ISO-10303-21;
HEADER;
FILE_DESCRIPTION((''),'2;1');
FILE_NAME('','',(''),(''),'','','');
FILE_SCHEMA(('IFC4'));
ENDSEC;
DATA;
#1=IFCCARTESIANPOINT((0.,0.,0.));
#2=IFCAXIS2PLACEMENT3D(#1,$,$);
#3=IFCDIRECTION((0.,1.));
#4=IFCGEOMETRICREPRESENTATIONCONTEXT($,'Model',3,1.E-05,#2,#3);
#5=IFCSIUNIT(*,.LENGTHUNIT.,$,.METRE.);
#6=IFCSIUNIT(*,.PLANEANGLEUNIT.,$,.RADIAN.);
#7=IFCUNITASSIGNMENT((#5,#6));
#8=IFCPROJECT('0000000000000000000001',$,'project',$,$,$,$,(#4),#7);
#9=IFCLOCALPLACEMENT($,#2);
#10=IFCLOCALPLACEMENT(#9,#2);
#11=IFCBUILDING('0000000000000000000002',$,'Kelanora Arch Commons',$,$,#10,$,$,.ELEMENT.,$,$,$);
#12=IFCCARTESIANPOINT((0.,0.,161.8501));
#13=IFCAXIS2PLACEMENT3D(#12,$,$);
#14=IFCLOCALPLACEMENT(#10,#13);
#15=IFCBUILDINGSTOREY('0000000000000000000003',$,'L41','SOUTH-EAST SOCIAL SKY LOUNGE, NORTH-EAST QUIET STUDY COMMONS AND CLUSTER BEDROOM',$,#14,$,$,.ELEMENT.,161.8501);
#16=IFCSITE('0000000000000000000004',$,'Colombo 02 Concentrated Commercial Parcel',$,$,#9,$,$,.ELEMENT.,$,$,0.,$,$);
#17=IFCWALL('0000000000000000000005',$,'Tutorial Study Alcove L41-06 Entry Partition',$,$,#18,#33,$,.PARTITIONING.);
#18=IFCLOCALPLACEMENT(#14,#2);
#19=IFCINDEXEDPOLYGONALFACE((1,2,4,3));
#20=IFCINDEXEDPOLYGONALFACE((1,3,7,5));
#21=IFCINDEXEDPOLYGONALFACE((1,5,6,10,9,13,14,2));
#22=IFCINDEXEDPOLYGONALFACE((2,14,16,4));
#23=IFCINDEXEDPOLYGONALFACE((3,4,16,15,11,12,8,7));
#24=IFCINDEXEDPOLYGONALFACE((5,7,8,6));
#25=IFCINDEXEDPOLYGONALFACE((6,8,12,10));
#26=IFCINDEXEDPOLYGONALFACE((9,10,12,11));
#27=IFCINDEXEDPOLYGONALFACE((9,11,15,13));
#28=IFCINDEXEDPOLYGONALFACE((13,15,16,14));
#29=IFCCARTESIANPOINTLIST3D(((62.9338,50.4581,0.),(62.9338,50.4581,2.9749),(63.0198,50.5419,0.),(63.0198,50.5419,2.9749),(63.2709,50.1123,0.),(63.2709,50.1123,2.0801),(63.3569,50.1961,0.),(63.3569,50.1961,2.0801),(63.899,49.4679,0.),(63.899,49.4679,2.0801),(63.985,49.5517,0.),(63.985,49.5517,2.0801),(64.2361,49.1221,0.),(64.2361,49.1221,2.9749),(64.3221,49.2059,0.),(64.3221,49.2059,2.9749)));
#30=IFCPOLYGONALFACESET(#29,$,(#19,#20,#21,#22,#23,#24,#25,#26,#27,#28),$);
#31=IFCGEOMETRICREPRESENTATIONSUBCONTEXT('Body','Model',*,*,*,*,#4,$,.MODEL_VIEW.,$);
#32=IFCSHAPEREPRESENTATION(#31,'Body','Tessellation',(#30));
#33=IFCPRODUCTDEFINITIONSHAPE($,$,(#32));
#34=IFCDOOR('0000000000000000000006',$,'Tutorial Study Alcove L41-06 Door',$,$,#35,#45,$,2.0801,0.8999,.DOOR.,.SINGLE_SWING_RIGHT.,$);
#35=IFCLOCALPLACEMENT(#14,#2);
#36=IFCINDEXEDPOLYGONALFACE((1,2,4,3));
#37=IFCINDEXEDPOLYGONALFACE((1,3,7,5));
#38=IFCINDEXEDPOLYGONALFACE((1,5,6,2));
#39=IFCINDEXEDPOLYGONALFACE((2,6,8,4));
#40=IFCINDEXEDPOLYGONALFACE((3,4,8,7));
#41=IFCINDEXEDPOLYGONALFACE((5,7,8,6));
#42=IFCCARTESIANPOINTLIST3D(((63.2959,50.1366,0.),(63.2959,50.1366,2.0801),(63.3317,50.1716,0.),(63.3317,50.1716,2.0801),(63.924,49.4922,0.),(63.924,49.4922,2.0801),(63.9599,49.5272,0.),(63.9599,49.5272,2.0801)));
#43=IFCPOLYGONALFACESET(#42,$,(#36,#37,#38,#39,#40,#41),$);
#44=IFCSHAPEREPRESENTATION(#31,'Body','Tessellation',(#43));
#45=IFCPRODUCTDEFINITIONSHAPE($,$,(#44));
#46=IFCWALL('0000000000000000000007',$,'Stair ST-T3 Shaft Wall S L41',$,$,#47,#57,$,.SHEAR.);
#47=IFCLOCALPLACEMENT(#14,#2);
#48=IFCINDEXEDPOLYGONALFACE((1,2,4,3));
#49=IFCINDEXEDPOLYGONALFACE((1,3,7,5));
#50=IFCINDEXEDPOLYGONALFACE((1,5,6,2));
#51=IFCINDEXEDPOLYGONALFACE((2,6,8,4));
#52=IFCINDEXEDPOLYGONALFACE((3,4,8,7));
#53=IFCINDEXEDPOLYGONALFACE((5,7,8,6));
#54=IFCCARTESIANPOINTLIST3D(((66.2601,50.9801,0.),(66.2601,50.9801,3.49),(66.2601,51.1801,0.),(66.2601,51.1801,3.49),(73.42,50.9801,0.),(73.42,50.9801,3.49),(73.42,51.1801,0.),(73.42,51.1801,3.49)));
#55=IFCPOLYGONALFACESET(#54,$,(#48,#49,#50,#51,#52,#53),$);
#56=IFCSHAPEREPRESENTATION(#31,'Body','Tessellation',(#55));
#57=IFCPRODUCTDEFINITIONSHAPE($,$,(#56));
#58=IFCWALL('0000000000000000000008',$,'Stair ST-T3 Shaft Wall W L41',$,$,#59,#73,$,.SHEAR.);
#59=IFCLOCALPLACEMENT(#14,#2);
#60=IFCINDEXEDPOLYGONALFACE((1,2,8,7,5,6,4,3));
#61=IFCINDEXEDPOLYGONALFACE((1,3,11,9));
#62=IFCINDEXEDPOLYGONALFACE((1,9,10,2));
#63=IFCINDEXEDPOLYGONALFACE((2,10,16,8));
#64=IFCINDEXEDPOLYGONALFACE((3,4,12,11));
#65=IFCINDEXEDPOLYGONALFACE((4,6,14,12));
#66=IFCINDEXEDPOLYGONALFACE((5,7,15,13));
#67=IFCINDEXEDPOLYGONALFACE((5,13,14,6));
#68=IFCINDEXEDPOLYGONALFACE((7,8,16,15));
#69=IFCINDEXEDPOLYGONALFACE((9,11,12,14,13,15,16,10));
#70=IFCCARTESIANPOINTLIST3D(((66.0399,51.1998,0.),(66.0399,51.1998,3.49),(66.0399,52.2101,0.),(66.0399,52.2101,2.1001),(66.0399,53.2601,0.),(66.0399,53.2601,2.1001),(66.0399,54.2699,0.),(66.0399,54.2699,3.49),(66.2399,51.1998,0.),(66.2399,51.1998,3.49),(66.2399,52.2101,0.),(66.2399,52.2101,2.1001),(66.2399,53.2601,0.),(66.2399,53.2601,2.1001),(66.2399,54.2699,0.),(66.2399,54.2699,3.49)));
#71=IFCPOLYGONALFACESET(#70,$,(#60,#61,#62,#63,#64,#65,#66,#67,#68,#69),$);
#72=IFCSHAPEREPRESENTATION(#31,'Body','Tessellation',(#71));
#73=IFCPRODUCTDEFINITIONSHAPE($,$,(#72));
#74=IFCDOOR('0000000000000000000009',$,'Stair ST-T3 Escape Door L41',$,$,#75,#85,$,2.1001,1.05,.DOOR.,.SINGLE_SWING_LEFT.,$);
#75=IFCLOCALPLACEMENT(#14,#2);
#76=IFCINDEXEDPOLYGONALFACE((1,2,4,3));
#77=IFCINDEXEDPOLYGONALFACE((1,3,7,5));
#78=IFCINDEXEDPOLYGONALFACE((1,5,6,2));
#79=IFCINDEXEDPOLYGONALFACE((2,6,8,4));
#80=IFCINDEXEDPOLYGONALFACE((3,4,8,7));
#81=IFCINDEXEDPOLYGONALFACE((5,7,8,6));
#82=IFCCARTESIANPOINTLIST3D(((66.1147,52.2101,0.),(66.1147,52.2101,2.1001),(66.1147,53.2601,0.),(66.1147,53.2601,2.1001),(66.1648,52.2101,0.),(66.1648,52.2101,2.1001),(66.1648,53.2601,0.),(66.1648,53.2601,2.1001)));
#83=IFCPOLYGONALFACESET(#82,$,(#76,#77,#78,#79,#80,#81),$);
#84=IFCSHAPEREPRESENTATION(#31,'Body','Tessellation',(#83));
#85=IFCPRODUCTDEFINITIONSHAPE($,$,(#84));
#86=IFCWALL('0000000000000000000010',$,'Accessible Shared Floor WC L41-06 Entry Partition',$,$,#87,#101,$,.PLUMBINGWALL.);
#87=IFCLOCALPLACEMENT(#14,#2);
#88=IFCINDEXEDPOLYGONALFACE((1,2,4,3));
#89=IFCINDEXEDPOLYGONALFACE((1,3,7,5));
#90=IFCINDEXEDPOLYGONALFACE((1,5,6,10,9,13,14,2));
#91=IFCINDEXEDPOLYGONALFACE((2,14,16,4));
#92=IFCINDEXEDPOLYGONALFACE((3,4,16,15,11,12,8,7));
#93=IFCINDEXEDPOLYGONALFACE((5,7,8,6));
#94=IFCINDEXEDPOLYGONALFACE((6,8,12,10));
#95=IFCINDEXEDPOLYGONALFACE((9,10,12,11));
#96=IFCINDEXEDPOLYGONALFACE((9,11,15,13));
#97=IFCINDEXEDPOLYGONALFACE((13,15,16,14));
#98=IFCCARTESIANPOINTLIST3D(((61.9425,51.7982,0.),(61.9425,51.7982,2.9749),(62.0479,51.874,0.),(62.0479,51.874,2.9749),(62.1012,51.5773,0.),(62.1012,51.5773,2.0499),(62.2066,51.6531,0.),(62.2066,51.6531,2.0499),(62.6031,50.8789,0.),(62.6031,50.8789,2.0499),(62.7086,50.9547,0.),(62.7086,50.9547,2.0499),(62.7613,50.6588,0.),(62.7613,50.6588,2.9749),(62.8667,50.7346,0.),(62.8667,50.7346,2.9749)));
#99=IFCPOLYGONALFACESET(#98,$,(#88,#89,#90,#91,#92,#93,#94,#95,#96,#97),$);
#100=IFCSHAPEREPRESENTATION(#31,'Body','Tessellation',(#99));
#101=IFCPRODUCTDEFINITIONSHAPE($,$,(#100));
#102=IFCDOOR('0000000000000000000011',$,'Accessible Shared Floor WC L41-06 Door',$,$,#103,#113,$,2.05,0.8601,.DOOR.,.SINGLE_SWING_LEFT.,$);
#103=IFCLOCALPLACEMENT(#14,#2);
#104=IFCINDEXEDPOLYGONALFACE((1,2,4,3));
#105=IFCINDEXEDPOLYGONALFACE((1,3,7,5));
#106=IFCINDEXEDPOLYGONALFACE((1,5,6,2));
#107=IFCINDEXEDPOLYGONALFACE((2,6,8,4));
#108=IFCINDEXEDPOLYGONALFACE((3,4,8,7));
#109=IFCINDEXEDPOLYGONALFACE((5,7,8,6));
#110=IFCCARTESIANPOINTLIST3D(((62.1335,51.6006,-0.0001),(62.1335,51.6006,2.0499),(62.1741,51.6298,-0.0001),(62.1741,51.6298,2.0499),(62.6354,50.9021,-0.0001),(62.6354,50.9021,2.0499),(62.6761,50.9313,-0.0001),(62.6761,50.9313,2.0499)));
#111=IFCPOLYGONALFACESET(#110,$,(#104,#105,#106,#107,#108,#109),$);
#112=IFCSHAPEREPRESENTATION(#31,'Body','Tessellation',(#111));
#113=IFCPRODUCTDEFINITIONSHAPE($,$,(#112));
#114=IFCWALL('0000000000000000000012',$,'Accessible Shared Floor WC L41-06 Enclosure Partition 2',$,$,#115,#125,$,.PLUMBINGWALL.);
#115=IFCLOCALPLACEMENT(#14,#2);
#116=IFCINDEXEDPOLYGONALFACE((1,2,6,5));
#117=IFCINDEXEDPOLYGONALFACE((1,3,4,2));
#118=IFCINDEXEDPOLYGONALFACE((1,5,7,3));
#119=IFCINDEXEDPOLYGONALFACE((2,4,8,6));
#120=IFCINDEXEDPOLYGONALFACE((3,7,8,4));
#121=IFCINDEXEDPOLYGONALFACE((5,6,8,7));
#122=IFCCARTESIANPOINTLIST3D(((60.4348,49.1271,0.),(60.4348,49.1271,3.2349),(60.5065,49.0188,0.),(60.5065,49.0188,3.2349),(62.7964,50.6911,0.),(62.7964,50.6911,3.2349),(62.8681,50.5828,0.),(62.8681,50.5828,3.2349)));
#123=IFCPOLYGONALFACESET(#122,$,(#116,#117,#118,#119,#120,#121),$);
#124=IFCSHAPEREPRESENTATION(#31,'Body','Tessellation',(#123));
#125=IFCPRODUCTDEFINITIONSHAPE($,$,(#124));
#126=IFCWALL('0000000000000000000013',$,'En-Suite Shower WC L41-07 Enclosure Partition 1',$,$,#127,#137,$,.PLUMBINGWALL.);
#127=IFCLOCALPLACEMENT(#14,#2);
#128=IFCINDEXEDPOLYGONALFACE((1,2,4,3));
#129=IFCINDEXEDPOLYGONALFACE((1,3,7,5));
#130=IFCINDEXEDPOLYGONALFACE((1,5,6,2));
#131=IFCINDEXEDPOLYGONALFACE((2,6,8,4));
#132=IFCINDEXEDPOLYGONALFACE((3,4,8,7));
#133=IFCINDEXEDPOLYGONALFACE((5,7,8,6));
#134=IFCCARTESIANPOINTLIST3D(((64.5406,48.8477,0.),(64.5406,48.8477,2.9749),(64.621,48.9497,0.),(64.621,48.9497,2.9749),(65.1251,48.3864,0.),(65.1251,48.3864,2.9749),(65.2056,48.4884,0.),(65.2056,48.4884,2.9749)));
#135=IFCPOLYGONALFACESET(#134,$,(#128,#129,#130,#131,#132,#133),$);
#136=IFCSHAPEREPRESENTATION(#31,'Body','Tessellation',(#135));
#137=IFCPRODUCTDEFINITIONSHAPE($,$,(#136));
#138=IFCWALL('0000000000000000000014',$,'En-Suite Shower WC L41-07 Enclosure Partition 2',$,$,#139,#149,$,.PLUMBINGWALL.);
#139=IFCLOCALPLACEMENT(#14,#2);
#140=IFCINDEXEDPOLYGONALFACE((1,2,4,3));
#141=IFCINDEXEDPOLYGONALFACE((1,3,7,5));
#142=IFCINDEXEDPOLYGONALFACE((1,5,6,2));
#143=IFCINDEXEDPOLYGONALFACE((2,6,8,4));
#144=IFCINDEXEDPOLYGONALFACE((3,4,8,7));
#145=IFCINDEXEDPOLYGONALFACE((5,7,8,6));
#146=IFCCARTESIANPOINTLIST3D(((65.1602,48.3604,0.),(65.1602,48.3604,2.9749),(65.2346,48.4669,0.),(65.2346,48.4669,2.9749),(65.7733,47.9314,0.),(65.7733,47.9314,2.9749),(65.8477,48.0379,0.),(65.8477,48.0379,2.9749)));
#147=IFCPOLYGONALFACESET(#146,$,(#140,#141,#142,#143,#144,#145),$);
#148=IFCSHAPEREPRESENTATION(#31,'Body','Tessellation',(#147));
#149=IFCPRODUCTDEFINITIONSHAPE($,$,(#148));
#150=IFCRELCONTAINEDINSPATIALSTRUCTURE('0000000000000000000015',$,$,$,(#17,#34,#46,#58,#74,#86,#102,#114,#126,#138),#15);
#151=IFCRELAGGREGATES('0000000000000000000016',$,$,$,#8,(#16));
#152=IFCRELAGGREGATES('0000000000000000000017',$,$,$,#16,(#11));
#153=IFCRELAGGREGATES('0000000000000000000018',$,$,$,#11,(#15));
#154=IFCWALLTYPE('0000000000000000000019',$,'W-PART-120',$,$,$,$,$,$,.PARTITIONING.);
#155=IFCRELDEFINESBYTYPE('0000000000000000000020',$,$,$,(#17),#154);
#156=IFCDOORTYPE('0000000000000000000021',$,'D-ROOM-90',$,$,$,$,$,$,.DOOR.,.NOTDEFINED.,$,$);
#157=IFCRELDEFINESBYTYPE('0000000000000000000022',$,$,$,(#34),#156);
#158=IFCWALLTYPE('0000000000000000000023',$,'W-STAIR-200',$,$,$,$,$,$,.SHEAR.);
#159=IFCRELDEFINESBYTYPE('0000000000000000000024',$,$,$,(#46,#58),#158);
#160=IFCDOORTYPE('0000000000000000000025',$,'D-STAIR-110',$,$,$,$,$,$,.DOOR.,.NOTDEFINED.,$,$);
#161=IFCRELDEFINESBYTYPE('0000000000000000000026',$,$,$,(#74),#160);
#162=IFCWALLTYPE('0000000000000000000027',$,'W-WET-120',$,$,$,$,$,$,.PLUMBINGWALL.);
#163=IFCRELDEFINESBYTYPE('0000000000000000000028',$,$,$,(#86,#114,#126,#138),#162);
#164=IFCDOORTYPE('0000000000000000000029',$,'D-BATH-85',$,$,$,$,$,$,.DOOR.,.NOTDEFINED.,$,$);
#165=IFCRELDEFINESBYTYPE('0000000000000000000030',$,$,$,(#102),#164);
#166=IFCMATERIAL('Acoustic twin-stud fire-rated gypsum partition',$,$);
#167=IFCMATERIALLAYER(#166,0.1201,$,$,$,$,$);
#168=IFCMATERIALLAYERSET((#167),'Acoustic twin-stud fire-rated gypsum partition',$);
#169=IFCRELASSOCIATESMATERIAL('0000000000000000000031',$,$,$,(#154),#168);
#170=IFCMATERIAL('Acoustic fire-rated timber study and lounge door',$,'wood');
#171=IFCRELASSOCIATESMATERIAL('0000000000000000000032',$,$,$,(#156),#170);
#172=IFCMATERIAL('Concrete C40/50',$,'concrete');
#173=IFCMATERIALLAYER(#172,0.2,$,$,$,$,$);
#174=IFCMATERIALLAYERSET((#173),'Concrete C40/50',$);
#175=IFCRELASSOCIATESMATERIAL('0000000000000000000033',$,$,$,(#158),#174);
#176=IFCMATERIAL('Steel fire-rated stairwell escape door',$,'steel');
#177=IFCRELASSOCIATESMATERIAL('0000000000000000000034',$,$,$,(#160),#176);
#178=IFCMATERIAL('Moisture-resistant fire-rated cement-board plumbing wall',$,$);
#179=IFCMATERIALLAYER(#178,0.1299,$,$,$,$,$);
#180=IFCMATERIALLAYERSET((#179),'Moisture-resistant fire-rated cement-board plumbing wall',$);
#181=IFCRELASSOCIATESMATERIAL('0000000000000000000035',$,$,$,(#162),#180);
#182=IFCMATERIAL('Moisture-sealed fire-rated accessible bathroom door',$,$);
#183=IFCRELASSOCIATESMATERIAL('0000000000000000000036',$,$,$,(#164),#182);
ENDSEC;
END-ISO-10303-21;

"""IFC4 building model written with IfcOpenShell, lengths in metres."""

from ifc_helpers import new_model, si_unit, direction, frame, frame_2d, origin, place, context, subcontext, project, spatial, rectangle, extrude, material, layer, layer_set, type_object, element, fill, save


model = new_model("IFC4")

# Units and contexts
model_context = context("Model", 3, precision=1e-05, world=origin(), true_north=direction((0.0, 1.0)))
body_context = subcontext(model_context, "Body", "Model", "MODEL_VIEW")
ifc_project = project(units=[si_unit("LENGTHUNIT", "METRE"), si_unit("PLANEANGLEUNIT", "RADIAN")], contexts=[model_context])

# Site, building, storey
site_placement = place(None, origin())
site = spatial("IfcSite", under=ifc_project, at=site_placement, Name="Colombo 02 Concentrated Commercial Parcel", CompositionType="ELEMENT", RefElevation=0.0)
building_placement = place(site_placement, origin())
building = spatial("IfcBuilding", under=site, at=building_placement, Name="Kelanora Arch Commons", CompositionType="ELEMENT")
storey_placement = place(building_placement, frame((0.0, 0.0, 161.8501)))
storey = spatial("IfcBuildingStorey", under=building, at=storey_placement, Name="L41", Description="SOUTH-EAST SOCIAL SKY LOUNGE, NORTH-EAST QUIET STUDY COMMONS AND CLUSTER BEDROOM", CompositionType="ELEMENT", Elevation=161.8501)

# Shared definitions
ifc_material_1 = material(Name="Concrete C40/50", Category="concrete")

# Wall, opening, door
ifc_material_2 = material(Name="Acoustic twin-stud fire-rated gypsum partition")
ifc_layer_1 = layer(ifc_material_2, 0.1201)
ifc_layer_set_1 = layer_set([ifc_layer_1], Name="Acoustic twin-stud fire-rated gypsum partition")
wall_type_1 = type_object("IfcWallType", Name="W-PART-120", PredefinedType="PARTITIONING", material=ifc_layer_set_1)
wall_1_placement = place(storey_placement, frame((62.9768, 50.5, 0.0), z_axis=(0.0, 0.0, 1.0), x_axis=(0.69802, -0.716079, 0.0)))
wall_1 = element("IfcWall", 1, at=wall_1_placement, inside=storey, type_object=wall_type_1, Name="Tutorial Study Alcove L41-06 Entry Partition", PredefinedType="PARTITIONING", context=body_context, shape_type="SweptSolid", body=[
    extrude(rectangle(XDim=1.8657, YDim=0.1201, at=frame_2d((0.9329, 0.0))), origin(), (0.0, 0.0, 1.0), 2.9749),
])
opening_1_placement = place(wall_1_placement, frame((0.4829, 0.0, 0.0)))
opening_1 = element("IfcOpeningElement", 2, at=opening_1_placement, cuts=wall_1, PredefinedType="OPENING", context=body_context, shape_type="SweptSolid", body=[
    extrude(rectangle(XDim=0.8999, YDim=2.0801, at=frame_2d((0.45, 1.04))), frame((0.0, 0.0701, 0.0), z_axis=(0.0, -1.0, 0.0), x_axis=(1.0, 0.0, 0.0)), (0.0, 0.0, 1.0), 0.1401),
])
ifc_material_3 = material(Name="Acoustic fire-rated timber study and lounge door", Category="wood")
door_type_1 = type_object("IfcDoorType", Name="D-ROOM-90", OperationType="NOTDEFINED", PredefinedType="DOOR", material=ifc_material_3)
door_1_placement = place(opening_1_placement, origin())
door_1 = element("IfcDoor", 3, at=door_1_placement, inside=storey, type_object=door_type_1, Name="Tutorial Study Alcove L41-06 Door", OperationType="SINGLE_SWING_RIGHT", OverallHeight=2.0801, OverallWidth=0.8999, PredefinedType="DOOR", context=body_context, shape_type="SweptSolid", body=[
    extrude(rectangle(XDim=0.8999, YDim=2.0801, at=frame_2d((0.45, 1.04))), frame((0.0, 0.0249, 0.0), z_axis=(0.0, -1.0, 0.0), x_axis=(1.0, 0.0, 0.0)), (0.0, 0.0, 1.0), 0.05),
])
fill(opening_1, door_1)

# Wall
ifc_layer_2 = layer(ifc_material_1, 0.2)
ifc_layer_set_2 = layer_set([ifc_layer_2], Name="Concrete C40/50")
wall_type_2 = type_object("IfcWallType", Name="W-STAIR-200", PredefinedType="SHEAR", material=ifc_layer_set_2)
wall_2_placement = place(storey_placement, frame((66.26, 51.0801, 0.0), z_axis=(0.0, 0.0, 1.0), x_axis=(1.0, 0.0, 0.0)))
element("IfcWall", 4, at=wall_2_placement, inside=storey, type_object=wall_type_2, Name="Stair ST-T3 Shaft Wall S L41", PredefinedType="SHEAR", context=body_context, shape_type="SweptSolid", body=[
    extrude(rectangle(XDim=7.1599, YDim=0.2, at=frame_2d((3.5801, 0.0))), origin(), (0.0, 0.0, 1.0), 3.49),
])

# Walls, openings, doors
wall_3_placement = place(storey_placement, frame((66.1399, 54.27, 0.0), z_axis=(0.0, 0.0, 1.0), x_axis=(0.0, -1.0, 0.0)))
wall_3 = element("IfcWall", 5, at=wall_3_placement, inside=storey, type_object=wall_type_2, Name="Stair ST-T3 Shaft Wall W L41", PredefinedType="SHEAR", context=body_context, shape_type="SweptSolid", body=[
    extrude(rectangle(XDim=3.0701, YDim=0.2, at=frame_2d((1.5352, 0.0))), origin(), (0.0, 0.0, 1.0), 3.49),
])
opening_2_placement = place(wall_3_placement, frame((1.01, 0.0, 0.0)))
opening_2 = element("IfcOpeningElement", 6, at=opening_2_placement, cuts=wall_3, PredefinedType="OPENING", context=body_context, shape_type="SweptSolid", body=[
    extrude(rectangle(XDim=1.05, YDim=2.1001, at=frame_2d((0.5249, 1.05))), frame((0.0, 0.1099, 0.0), z_axis=(0.0, -1.0, 0.0), x_axis=(1.0, 0.0, 0.0)), (0.0, 0.0, 1.0), 0.22),
])
ifc_material_4 = material(Name="Steel fire-rated stairwell escape door", Category="steel")
door_type_2 = type_object("IfcDoorType", Name="D-STAIR-110", OperationType="NOTDEFINED", PredefinedType="DOOR", material=ifc_material_4)
door_2_placement = place(opening_2_placement, origin())
door_2 = element("IfcDoor", 7, at=door_2_placement, inside=storey, type_object=door_type_2, Name="Stair ST-T3 Escape Door L41", OperationType="SINGLE_SWING_LEFT", OverallHeight=2.1001, OverallWidth=1.05, PredefinedType="DOOR", context=body_context, shape_type="SweptSolid", body=[
    extrude(rectangle(XDim=1.05, YDim=2.1001, at=frame_2d((0.5249, 1.05))), frame((0.0, 0.0249, 0.0), z_axis=(0.0, -1.0, 0.0), x_axis=(1.0, 0.0, 0.0)), (0.0, 0.0, 1.0), 0.05),
])
fill(opening_2, door_2)
ifc_material_5 = material(Name="Moisture-resistant fire-rated cement-board plumbing wall")
ifc_layer_3 = layer(ifc_material_5, 0.1299)
ifc_layer_set_3 = layer_set([ifc_layer_3], Name="Moisture-resistant fire-rated cement-board plumbing wall")
wall_type_3 = type_object("IfcWallType", Name="W-WET-120", PredefinedType="PLUMBINGWALL", material=ifc_layer_set_3)
wall_4_placement = place(storey_placement, frame((61.9951, 51.8362, 0.0), z_axis=(0.0, 0.0, 1.0), x_axis=(0.583589, -0.812049, 0.0)))
wall_4 = element("IfcWall", 8, at=wall_4_placement, inside=storey, type_object=wall_type_3, Name="Accessible Shared Floor WC L41-06 Entry Partition", PredefinedType="PLUMBINGWALL", context=body_context, shape_type="SweptSolid", body=[
    extrude(rectangle(XDim=1.4031, YDim=0.1299, at=frame_2d((0.7017, 0.0))), origin(), (0.0, 0.0, 1.0), 2.9749),
])
opening_3_placement = place(wall_4_placement, frame((0.272, 0.0, 0.0)))
opening_3 = element("IfcOpeningElement", 9, at=opening_3_placement, cuts=wall_4, PredefinedType="OPENING", context=body_context, shape_type="SweptSolid", body=[
    extrude(rectangle(XDim=0.8601, YDim=2.05, at=frame_2d((0.4302, 1.0249))), frame((0.0, 0.075, 0.0), z_axis=(0.0, -1.0, 0.0), x_axis=(1.0, 0.0, 0.0)), (0.0, 0.0, 1.0), 0.1499),
])
ifc_material_6 = material(Name="Moisture-sealed fire-rated accessible bathroom door")
door_type_3 = type_object("IfcDoorType", Name="D-BATH-85", OperationType="NOTDEFINED", PredefinedType="DOOR", material=ifc_material_6)
door_3_placement = place(opening_3_placement, origin())
door_3 = element("IfcDoor", 10, at=door_3_placement, inside=storey, type_object=door_type_3, Name="Accessible Shared Floor WC L41-06 Door", OperationType="SINGLE_SWING_LEFT", OverallHeight=2.05, OverallWidth=0.8601, PredefinedType="DOOR", context=body_context, shape_type="SweptSolid", body=[
    extrude(rectangle(XDim=0.8601, YDim=2.05, at=frame_2d((0.4302, 1.0249))), frame((0.0, 0.0249, 0.0), z_axis=(0.0, -1.0, 0.0), x_axis=(1.0, 0.0, 0.0)), (0.0, 0.0, 1.0), 0.05),
])
fill(opening_3, door_3)

# Walls
wall_5_placement = place(storey_placement, frame((62.8323, 50.637, 0.0), z_axis=(0.0, 0.0, 1.0), x_axis=(-0.833744, -0.552152, 0.0)))
element("IfcWall", 11, at=wall_5_placement, inside=storey, type_object=wall_type_3, Name="Accessible Shared Floor WC L41-06 Enclosure Partition 2", PredefinedType="PLUMBINGWALL", context=body_context, shape_type="SweptSolid", body=[
    extrude(rectangle(XDim=2.8325, YDim=0.1299, at=frame_2d((1.4163, 0.0))), origin(), (0.0, 0.0, 1.0), 3.2349),
])
wall_6_placement = place(storey_placement, frame((64.5808, 48.8987, 0.0), z_axis=(0.0, 0.0, 1.0), x_axis=(0.785042, -0.619442, 0.0)))
element("IfcWall", 12, at=wall_6_placement, inside=storey, type_object=wall_type_3, Name="En-Suite Shower WC L41-07 Enclosure Partition 1", PredefinedType="PLUMBINGWALL", context=body_context, shape_type="SweptSolid", body=[
    extrude(rectangle(XDim=0.7446, YDim=0.1299, at=frame_2d((0.3723, 0.0))), origin(), (0.0, 0.0, 1.0), 2.9749),
])
wall_7_placement = place(storey_placement, frame((65.1975, 48.4136, 0.0), z_axis=(0.0, 0.0, 1.0), x_axis=(0.819339, -0.573309, 0.0)))
element("IfcWall", 13, at=wall_7_placement, inside=storey, type_object=wall_type_3, Name="En-Suite Shower WC L41-07 Enclosure Partition 2", PredefinedType="PLUMBINGWALL", context=body_context, shape_type="SweptSolid", body=[
    extrude(rectangle(XDim=0.7483, YDim=0.1299, at=frame_2d((0.374, 0.0))), origin(), (0.0, 0.0, 1.0), 2.9749),
])

save(model, "model.ifc")
